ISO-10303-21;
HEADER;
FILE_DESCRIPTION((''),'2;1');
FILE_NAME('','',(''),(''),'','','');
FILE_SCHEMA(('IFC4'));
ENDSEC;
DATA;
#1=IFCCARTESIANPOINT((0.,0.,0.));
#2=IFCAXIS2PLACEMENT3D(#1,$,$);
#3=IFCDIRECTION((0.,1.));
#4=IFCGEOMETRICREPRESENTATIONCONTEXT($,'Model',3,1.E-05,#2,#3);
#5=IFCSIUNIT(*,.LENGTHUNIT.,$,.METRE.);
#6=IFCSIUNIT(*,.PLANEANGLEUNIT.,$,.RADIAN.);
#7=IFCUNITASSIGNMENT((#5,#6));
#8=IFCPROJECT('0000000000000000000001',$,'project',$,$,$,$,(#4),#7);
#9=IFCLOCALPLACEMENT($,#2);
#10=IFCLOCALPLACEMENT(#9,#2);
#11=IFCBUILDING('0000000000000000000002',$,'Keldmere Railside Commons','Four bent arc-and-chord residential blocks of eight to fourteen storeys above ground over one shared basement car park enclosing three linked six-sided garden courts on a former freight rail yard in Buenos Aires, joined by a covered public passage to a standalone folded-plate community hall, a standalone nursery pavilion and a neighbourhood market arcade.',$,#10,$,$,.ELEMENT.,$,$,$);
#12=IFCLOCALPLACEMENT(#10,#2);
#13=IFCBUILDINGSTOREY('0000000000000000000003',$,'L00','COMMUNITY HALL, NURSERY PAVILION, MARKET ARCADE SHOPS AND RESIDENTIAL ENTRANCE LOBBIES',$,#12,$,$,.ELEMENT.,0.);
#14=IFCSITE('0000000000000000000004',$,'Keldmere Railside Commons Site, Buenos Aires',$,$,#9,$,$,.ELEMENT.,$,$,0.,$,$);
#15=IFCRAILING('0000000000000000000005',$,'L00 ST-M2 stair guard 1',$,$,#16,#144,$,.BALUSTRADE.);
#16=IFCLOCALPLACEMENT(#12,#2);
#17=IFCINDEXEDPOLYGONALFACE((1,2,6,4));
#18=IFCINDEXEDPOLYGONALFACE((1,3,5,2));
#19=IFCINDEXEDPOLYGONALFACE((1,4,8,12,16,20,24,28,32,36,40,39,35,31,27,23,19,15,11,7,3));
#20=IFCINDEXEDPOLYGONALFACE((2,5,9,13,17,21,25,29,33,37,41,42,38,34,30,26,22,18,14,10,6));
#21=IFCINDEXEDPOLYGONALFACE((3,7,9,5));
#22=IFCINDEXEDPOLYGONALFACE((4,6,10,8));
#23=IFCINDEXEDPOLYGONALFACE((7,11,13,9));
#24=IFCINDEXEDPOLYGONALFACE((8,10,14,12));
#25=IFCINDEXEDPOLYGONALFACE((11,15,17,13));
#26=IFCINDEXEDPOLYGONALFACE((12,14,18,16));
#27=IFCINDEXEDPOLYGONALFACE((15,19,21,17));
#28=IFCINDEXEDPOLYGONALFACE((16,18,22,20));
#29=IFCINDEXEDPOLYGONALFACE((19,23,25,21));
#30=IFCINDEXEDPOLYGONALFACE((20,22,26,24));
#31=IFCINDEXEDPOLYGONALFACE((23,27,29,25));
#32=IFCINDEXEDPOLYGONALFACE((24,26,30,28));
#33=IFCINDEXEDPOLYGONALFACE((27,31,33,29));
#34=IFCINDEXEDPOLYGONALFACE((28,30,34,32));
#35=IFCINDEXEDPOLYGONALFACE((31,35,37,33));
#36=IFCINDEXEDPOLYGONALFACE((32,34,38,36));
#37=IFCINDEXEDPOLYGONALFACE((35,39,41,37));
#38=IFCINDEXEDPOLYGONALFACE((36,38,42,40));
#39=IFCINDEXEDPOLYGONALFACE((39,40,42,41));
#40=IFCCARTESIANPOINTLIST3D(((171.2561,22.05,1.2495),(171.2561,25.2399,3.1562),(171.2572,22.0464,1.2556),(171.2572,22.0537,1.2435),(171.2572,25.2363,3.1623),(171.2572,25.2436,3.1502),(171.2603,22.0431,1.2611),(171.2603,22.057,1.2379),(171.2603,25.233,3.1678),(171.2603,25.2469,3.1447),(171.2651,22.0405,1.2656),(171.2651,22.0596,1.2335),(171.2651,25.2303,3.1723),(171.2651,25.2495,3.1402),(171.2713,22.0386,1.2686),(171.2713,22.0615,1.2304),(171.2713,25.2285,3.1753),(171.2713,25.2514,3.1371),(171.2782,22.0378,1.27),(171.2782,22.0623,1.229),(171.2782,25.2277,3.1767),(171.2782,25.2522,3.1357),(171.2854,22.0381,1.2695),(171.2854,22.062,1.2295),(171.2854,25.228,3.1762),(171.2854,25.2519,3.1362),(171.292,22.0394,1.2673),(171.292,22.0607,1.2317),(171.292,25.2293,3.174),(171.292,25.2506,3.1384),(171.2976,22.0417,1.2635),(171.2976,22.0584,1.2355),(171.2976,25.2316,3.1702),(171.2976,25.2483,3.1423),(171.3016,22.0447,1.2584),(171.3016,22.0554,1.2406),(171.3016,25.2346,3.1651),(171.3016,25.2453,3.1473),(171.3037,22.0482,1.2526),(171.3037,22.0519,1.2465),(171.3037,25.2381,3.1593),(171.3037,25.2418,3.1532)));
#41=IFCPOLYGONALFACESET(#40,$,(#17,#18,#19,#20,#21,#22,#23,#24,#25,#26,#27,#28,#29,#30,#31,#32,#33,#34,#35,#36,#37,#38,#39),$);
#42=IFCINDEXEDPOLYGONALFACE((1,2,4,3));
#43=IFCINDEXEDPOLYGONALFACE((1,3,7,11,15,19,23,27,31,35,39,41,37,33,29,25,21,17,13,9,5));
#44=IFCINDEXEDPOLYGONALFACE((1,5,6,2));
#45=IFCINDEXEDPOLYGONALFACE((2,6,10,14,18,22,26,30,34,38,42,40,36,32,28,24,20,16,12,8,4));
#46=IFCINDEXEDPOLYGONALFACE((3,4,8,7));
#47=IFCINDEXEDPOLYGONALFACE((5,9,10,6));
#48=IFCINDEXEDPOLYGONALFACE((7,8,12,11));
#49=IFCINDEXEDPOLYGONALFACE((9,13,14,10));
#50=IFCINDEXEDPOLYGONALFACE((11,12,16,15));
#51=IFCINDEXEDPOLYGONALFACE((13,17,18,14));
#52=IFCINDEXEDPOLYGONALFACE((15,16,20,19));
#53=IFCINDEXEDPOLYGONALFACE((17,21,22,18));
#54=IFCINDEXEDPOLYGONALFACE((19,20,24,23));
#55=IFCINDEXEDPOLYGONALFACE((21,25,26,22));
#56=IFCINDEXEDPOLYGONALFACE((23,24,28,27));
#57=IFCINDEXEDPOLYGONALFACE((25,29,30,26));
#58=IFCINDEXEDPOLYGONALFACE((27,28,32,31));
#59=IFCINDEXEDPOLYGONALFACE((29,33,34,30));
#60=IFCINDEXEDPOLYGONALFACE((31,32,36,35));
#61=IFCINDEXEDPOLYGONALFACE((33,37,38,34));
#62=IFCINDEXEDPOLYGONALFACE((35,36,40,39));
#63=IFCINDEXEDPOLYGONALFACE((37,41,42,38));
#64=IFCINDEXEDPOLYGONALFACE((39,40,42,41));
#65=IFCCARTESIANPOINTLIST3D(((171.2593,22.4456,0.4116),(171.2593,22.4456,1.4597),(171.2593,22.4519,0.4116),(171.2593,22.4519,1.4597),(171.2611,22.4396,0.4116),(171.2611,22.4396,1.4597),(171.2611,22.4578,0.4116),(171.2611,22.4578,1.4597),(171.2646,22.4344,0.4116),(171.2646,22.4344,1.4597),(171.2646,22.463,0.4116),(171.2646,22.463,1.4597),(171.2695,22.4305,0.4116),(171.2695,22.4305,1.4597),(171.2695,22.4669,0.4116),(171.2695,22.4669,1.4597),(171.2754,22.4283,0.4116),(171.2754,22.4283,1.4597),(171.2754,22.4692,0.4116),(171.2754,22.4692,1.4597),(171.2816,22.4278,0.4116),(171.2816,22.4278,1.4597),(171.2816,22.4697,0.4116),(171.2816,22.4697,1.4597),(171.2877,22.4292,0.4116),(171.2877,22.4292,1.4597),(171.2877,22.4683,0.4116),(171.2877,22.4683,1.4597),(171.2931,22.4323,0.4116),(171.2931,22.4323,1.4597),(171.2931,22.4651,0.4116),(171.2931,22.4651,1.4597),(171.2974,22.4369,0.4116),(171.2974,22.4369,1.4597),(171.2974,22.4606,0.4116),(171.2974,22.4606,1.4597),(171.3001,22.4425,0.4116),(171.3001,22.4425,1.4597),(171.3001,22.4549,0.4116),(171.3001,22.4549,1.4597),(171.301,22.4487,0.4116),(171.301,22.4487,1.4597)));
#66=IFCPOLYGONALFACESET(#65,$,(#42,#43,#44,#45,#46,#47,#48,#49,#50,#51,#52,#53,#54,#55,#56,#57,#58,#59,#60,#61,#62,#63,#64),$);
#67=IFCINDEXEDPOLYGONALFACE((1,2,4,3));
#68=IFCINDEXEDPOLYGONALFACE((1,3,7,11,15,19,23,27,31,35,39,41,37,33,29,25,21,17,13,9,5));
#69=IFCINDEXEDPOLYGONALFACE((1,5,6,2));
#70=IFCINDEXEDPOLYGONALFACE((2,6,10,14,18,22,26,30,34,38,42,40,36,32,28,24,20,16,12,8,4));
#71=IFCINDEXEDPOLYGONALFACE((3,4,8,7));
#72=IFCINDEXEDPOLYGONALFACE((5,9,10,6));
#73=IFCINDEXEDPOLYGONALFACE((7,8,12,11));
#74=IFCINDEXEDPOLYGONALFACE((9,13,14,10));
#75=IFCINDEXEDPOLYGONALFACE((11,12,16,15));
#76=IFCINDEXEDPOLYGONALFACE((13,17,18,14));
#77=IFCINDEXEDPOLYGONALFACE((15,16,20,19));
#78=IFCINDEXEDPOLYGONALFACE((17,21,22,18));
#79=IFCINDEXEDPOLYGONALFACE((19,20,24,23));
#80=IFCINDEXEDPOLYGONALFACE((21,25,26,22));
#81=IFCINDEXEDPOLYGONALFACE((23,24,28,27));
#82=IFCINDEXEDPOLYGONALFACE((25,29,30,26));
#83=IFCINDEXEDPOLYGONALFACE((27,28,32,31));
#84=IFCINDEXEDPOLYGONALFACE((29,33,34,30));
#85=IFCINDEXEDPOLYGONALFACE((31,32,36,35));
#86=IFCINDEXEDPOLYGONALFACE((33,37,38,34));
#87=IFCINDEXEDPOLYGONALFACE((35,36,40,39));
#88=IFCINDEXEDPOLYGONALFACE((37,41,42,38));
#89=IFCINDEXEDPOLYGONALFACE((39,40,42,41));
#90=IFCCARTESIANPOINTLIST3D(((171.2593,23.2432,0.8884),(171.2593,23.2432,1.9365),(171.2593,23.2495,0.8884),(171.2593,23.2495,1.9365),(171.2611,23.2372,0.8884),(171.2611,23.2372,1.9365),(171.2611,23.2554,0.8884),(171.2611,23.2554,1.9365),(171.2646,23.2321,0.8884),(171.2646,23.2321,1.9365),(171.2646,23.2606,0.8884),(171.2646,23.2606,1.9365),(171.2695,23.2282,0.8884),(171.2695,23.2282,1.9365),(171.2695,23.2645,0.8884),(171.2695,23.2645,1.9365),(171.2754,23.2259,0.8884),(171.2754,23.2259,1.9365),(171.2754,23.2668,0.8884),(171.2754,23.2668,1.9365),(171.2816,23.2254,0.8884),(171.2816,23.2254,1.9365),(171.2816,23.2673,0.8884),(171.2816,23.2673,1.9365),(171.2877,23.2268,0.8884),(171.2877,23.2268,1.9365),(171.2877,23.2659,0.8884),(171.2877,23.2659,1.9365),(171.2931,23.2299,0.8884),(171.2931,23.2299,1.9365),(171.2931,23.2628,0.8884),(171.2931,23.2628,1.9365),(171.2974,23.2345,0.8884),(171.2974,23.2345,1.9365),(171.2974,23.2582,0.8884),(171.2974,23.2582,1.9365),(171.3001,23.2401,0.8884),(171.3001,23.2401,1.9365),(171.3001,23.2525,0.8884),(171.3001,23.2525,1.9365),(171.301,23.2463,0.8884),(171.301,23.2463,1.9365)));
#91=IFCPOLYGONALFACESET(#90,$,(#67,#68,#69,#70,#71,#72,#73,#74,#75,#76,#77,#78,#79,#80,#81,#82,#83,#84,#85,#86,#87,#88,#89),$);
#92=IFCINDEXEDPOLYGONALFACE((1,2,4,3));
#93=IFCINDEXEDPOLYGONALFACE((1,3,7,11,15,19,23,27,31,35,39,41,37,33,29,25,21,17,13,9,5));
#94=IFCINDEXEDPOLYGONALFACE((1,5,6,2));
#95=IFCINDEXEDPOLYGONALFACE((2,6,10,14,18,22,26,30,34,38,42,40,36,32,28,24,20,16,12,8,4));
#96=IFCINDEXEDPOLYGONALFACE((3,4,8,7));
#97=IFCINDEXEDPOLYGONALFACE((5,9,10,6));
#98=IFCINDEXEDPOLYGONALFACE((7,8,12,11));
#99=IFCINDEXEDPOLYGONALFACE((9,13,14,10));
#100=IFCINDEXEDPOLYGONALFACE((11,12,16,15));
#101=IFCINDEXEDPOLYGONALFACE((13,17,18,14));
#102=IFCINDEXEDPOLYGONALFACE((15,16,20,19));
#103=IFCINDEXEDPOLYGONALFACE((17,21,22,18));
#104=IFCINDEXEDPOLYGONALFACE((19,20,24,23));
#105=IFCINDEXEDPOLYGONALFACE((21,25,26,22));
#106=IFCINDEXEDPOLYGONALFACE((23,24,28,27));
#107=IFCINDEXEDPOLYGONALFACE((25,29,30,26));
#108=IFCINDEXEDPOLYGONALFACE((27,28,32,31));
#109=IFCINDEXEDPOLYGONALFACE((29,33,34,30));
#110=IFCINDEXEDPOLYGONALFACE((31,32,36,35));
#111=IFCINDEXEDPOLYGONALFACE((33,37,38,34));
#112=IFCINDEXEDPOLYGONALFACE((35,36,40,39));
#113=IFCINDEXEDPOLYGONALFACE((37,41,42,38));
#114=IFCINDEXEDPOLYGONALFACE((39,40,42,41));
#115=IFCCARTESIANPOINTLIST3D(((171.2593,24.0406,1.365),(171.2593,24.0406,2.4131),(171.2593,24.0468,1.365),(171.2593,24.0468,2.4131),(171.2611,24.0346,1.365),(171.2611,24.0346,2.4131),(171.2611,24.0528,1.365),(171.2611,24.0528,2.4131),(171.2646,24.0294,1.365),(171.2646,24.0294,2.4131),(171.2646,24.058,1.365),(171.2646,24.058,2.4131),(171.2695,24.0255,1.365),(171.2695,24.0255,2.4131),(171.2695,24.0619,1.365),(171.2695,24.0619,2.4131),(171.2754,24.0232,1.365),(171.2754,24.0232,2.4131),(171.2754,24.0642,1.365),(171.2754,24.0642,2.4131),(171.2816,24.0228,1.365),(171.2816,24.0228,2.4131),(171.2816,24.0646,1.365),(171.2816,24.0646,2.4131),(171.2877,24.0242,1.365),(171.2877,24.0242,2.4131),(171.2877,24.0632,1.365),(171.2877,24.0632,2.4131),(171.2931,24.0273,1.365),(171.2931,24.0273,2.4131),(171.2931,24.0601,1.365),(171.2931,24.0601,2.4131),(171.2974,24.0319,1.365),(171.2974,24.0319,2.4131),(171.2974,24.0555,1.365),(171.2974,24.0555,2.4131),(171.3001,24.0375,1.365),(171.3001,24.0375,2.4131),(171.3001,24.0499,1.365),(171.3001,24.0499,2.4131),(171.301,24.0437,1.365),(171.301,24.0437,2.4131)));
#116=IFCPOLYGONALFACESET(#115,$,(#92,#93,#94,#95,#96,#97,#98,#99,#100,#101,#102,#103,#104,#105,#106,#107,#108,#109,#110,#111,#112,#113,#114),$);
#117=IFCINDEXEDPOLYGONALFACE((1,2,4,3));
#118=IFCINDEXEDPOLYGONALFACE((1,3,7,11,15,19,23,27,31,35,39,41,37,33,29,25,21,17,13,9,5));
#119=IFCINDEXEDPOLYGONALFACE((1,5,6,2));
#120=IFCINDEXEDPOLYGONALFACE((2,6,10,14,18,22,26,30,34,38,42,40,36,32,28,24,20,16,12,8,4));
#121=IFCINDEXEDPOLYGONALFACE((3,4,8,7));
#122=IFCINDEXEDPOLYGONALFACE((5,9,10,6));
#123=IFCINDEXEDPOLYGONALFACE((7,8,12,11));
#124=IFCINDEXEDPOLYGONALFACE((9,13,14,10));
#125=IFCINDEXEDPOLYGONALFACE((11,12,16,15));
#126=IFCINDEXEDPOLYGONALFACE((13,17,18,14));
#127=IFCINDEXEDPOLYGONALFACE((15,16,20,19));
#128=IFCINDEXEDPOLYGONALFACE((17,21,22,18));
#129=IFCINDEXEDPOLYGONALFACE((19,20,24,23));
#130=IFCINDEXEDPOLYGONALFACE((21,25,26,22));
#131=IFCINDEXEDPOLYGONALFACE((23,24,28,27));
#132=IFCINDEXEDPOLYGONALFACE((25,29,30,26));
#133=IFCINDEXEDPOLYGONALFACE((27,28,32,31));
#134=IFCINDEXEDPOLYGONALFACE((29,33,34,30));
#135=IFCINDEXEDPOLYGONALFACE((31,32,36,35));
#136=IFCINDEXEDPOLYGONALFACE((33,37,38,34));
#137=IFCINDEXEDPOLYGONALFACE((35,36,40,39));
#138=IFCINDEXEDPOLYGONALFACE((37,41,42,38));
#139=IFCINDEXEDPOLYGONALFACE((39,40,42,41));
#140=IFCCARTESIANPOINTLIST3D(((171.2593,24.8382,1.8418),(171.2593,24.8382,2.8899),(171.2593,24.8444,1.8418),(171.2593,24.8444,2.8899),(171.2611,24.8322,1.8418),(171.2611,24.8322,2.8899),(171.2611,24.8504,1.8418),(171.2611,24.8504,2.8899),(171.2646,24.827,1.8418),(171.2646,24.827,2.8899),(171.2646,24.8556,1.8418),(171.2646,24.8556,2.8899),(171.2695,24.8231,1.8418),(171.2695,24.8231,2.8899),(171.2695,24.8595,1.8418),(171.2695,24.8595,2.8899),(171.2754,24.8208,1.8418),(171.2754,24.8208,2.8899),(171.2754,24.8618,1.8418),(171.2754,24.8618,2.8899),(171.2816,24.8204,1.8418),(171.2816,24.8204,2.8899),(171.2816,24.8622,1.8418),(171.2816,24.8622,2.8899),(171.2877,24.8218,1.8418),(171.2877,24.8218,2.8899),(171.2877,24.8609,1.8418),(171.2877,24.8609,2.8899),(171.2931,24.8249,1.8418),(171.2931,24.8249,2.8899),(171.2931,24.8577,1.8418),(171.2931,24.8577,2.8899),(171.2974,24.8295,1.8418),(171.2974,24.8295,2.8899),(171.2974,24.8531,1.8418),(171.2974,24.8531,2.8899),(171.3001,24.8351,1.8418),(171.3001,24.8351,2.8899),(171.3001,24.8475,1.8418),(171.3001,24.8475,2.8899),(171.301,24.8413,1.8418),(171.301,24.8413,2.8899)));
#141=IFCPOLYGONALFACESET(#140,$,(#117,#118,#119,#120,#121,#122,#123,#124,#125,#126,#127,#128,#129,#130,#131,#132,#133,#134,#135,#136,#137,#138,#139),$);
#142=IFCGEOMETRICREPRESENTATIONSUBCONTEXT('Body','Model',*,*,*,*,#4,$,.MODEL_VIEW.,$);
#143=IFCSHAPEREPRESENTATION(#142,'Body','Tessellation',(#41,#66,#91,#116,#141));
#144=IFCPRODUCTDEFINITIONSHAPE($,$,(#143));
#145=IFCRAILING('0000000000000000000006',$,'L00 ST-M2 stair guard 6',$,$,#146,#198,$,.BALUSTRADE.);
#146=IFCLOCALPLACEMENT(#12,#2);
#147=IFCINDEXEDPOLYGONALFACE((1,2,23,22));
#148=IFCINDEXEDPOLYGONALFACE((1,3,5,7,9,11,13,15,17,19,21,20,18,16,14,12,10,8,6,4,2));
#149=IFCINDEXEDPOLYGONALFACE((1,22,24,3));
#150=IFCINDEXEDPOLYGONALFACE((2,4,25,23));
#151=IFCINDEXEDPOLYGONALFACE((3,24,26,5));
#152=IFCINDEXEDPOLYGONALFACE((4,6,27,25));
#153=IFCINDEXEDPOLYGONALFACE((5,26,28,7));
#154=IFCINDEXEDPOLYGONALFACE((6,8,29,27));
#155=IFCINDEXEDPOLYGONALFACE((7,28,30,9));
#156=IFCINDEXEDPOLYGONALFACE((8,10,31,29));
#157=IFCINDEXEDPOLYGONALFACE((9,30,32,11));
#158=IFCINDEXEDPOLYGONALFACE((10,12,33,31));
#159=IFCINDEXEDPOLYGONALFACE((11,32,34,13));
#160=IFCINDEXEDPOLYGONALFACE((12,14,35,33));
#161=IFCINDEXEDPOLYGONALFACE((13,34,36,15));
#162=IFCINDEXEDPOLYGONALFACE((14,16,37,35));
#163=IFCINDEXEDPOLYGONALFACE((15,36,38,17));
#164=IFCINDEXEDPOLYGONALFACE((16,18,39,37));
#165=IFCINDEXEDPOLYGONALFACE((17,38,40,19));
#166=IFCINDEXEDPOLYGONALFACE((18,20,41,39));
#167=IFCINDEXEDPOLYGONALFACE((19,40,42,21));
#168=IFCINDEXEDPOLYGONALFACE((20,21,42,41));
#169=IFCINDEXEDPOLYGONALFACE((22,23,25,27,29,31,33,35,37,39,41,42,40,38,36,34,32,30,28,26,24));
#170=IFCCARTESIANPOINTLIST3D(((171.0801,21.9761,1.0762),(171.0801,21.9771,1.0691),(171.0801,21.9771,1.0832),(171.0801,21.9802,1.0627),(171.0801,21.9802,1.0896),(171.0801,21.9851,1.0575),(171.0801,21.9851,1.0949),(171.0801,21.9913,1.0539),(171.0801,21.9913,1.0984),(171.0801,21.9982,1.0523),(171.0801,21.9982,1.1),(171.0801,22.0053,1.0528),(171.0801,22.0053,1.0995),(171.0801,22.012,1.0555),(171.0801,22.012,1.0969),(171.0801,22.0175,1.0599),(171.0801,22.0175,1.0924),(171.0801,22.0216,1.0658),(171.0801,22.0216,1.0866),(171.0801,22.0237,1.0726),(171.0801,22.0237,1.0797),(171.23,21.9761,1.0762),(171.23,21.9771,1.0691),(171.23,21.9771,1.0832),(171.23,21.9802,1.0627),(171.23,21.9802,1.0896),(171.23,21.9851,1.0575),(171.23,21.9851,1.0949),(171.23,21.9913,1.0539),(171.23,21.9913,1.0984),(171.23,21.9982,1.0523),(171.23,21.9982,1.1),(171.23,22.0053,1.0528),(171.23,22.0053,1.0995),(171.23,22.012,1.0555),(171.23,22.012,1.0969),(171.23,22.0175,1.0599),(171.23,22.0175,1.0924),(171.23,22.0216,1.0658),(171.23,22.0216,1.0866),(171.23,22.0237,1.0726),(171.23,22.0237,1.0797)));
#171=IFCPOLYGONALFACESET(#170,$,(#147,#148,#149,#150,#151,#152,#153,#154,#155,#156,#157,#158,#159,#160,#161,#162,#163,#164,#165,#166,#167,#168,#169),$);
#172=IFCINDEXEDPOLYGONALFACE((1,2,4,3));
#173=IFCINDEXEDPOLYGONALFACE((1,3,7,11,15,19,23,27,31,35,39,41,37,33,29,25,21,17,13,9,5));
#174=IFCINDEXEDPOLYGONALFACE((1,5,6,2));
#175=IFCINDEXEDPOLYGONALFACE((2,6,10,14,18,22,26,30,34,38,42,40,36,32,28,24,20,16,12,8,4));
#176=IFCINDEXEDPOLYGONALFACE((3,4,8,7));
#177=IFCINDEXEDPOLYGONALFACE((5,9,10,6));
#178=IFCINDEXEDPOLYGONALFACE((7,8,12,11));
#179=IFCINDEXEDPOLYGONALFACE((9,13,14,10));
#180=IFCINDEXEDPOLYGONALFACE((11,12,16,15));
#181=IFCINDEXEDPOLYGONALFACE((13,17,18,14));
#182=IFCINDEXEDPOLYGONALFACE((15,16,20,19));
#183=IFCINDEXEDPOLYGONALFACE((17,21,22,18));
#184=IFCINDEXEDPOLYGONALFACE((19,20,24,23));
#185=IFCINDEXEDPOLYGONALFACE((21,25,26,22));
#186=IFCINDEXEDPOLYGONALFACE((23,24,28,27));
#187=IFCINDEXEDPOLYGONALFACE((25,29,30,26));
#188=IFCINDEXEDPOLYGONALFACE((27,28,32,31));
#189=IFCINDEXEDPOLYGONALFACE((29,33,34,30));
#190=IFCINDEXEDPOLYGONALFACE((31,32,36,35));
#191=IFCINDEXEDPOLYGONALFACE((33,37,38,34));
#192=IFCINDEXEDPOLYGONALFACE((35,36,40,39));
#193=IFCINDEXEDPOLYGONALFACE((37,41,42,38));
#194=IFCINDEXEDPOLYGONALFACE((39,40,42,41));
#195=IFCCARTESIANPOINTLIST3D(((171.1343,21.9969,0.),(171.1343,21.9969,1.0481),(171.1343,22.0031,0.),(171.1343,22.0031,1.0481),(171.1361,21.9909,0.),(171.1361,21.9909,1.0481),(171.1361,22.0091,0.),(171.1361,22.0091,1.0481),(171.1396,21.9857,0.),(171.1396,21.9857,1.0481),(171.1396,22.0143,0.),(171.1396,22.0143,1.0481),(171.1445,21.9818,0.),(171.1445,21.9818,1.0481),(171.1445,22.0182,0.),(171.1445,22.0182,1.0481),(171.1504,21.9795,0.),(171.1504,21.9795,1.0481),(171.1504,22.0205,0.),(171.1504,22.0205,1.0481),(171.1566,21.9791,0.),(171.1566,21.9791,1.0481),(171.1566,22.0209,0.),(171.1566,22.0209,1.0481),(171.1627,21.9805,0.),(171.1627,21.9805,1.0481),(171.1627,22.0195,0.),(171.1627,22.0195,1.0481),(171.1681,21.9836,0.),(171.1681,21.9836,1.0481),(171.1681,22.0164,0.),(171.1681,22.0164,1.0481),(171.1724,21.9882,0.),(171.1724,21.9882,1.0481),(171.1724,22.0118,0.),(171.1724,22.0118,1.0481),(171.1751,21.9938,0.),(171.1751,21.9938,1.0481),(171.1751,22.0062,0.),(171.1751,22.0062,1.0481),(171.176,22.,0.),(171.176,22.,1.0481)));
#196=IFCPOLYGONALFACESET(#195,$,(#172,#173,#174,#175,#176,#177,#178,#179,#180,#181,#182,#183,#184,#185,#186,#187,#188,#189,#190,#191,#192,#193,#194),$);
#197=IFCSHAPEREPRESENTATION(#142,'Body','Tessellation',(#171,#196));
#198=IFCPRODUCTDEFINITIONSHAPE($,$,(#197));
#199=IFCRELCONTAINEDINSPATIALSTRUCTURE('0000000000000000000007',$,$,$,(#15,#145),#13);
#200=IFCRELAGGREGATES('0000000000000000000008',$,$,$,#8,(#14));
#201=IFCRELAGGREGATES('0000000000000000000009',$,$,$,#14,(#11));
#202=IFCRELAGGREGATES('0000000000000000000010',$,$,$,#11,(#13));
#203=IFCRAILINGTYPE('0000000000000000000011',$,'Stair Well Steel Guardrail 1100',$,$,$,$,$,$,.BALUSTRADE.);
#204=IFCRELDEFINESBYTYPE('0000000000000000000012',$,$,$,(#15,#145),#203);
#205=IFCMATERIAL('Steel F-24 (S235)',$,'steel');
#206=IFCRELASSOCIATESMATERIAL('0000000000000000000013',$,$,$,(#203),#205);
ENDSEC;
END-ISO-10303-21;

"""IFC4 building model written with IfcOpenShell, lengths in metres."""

from ifc_helpers import new_model, si_unit, direction, frame, origin, origin_2d, place, context, subcontext, project, spatial, circle, extrude, material, type_object, element, save


model = new_model("IFC4")

# Units and contexts
model_context = context("Model", 3, precision=1e-05, world=origin(), true_north=direction((0.0, 1.0)))
body_context = subcontext(model_context, "Body", "Model", "MODEL_VIEW")
ifc_project = project(units=[si_unit("LENGTHUNIT", "METRE"), si_unit("PLANEANGLEUNIT", "RADIAN")], contexts=[model_context])

# Site, building, storey
site_placement = place(None, origin())
site = spatial("IfcSite", under=ifc_project, at=site_placement, Name="Keldmere Railside Commons Site, Buenos Aires", CompositionType="ELEMENT", RefElevation=0.0)
building_placement = place(site_placement, origin())
building = spatial("IfcBuilding", under=site, at=building_placement, Name="Keldmere Railside Commons", Description="Four bent arc-and-chord residential blocks of eight to fourteen storeys above ground over one shared basement car park enclosing three linked six-sided garden courts on a former freight rail yard in Buenos Aires, joined by a covered public passage to a standalone folded-plate community hall, a standalone nursery pavilion and a neighbourhood market arcade.", CompositionType="ELEMENT")
storey_placement = place(building_placement, origin())
storey = spatial("IfcBuildingStorey", under=building, at=storey_placement, Name="L00", Description="COMMUNITY HALL, NURSERY PAVILION, MARKET ARCADE SHOPS AND RESIDENTIAL ENTRANCE LOBBIES", CompositionType="ELEMENT", Elevation=0.0)

# Shared definitions
ifc_material_1 = material(Name="Steel F-24 (S235)", Category="steel")

# Railings
railing_type_1 = type_object("IfcRailingType", Name="Stair Well Steel Guardrail 1100", PredefinedType="BALUSTRADE", material=ifc_material_1)
railing_1_placement = place(storey_placement, frame((171.28, 22.05, 0.1733)))
element("IfcRailing", 1, at=railing_1_placement, inside=storey, type_object=railing_type_1, Name="L00 ST-M2 stair guard 1", PredefinedType="BALUSTRADE", context=body_context, shape_type="SweptSolid", body=[
    extrude(circle(Radius=0.0239, at=origin_2d()), frame((0.0, 0.0, 1.0762), z_axis=(0.0, 0.85835, 0.513065), x_axis=(-1.0, 0.0, 0.0)), (0.0, 0.0, 1.0), 3.7163),
    extrude(circle(Radius=0.021, at=origin_2d()), frame((0.0, 0.3987, 0.2383)), (0.0, 0.0, 1.0), 1.0481),
    extrude(circle(Radius=0.021, at=origin_2d()), frame((0.0, 1.1963, 0.7151)), (0.0, 0.0, 1.0), 1.0481),
    extrude(circle(Radius=0.021, at=origin_2d()), frame((0.0, 1.9937, 1.1917)), (0.0, 0.0, 1.0), 1.0481),
    extrude(circle(Radius=0.021, at=origin_2d()), frame((0.0, 2.7913, 1.6685)), (0.0, 0.0, 1.0), 1.0481),
])
railing_2_placement = place(storey_placement, frame((171.23, 22.0, 0.0)))
element("IfcRailing", 2, at=railing_2_placement, inside=storey, type_object=railing_type_1, Name="L00 ST-M2 stair guard 6", PredefinedType="BALUSTRADE", context=body_context, shape_type="SweptSolid", body=[
    extrude(circle(Radius=0.0239, at=origin_2d()), frame((0.0, 0.0, 1.0762), z_axis=(-1.0, 0.0, 0.0), x_axis=(0.0, -1.0, 0.0)), (0.0, 0.0, 1.0), 0.1499),
    extrude(circle(Radius=0.021, at=origin_2d()), frame((-0.075, 0.0, 0.0)), (0.0, 0.0, 1.0), 1.0481),
])

save(model, "model.ifc")
